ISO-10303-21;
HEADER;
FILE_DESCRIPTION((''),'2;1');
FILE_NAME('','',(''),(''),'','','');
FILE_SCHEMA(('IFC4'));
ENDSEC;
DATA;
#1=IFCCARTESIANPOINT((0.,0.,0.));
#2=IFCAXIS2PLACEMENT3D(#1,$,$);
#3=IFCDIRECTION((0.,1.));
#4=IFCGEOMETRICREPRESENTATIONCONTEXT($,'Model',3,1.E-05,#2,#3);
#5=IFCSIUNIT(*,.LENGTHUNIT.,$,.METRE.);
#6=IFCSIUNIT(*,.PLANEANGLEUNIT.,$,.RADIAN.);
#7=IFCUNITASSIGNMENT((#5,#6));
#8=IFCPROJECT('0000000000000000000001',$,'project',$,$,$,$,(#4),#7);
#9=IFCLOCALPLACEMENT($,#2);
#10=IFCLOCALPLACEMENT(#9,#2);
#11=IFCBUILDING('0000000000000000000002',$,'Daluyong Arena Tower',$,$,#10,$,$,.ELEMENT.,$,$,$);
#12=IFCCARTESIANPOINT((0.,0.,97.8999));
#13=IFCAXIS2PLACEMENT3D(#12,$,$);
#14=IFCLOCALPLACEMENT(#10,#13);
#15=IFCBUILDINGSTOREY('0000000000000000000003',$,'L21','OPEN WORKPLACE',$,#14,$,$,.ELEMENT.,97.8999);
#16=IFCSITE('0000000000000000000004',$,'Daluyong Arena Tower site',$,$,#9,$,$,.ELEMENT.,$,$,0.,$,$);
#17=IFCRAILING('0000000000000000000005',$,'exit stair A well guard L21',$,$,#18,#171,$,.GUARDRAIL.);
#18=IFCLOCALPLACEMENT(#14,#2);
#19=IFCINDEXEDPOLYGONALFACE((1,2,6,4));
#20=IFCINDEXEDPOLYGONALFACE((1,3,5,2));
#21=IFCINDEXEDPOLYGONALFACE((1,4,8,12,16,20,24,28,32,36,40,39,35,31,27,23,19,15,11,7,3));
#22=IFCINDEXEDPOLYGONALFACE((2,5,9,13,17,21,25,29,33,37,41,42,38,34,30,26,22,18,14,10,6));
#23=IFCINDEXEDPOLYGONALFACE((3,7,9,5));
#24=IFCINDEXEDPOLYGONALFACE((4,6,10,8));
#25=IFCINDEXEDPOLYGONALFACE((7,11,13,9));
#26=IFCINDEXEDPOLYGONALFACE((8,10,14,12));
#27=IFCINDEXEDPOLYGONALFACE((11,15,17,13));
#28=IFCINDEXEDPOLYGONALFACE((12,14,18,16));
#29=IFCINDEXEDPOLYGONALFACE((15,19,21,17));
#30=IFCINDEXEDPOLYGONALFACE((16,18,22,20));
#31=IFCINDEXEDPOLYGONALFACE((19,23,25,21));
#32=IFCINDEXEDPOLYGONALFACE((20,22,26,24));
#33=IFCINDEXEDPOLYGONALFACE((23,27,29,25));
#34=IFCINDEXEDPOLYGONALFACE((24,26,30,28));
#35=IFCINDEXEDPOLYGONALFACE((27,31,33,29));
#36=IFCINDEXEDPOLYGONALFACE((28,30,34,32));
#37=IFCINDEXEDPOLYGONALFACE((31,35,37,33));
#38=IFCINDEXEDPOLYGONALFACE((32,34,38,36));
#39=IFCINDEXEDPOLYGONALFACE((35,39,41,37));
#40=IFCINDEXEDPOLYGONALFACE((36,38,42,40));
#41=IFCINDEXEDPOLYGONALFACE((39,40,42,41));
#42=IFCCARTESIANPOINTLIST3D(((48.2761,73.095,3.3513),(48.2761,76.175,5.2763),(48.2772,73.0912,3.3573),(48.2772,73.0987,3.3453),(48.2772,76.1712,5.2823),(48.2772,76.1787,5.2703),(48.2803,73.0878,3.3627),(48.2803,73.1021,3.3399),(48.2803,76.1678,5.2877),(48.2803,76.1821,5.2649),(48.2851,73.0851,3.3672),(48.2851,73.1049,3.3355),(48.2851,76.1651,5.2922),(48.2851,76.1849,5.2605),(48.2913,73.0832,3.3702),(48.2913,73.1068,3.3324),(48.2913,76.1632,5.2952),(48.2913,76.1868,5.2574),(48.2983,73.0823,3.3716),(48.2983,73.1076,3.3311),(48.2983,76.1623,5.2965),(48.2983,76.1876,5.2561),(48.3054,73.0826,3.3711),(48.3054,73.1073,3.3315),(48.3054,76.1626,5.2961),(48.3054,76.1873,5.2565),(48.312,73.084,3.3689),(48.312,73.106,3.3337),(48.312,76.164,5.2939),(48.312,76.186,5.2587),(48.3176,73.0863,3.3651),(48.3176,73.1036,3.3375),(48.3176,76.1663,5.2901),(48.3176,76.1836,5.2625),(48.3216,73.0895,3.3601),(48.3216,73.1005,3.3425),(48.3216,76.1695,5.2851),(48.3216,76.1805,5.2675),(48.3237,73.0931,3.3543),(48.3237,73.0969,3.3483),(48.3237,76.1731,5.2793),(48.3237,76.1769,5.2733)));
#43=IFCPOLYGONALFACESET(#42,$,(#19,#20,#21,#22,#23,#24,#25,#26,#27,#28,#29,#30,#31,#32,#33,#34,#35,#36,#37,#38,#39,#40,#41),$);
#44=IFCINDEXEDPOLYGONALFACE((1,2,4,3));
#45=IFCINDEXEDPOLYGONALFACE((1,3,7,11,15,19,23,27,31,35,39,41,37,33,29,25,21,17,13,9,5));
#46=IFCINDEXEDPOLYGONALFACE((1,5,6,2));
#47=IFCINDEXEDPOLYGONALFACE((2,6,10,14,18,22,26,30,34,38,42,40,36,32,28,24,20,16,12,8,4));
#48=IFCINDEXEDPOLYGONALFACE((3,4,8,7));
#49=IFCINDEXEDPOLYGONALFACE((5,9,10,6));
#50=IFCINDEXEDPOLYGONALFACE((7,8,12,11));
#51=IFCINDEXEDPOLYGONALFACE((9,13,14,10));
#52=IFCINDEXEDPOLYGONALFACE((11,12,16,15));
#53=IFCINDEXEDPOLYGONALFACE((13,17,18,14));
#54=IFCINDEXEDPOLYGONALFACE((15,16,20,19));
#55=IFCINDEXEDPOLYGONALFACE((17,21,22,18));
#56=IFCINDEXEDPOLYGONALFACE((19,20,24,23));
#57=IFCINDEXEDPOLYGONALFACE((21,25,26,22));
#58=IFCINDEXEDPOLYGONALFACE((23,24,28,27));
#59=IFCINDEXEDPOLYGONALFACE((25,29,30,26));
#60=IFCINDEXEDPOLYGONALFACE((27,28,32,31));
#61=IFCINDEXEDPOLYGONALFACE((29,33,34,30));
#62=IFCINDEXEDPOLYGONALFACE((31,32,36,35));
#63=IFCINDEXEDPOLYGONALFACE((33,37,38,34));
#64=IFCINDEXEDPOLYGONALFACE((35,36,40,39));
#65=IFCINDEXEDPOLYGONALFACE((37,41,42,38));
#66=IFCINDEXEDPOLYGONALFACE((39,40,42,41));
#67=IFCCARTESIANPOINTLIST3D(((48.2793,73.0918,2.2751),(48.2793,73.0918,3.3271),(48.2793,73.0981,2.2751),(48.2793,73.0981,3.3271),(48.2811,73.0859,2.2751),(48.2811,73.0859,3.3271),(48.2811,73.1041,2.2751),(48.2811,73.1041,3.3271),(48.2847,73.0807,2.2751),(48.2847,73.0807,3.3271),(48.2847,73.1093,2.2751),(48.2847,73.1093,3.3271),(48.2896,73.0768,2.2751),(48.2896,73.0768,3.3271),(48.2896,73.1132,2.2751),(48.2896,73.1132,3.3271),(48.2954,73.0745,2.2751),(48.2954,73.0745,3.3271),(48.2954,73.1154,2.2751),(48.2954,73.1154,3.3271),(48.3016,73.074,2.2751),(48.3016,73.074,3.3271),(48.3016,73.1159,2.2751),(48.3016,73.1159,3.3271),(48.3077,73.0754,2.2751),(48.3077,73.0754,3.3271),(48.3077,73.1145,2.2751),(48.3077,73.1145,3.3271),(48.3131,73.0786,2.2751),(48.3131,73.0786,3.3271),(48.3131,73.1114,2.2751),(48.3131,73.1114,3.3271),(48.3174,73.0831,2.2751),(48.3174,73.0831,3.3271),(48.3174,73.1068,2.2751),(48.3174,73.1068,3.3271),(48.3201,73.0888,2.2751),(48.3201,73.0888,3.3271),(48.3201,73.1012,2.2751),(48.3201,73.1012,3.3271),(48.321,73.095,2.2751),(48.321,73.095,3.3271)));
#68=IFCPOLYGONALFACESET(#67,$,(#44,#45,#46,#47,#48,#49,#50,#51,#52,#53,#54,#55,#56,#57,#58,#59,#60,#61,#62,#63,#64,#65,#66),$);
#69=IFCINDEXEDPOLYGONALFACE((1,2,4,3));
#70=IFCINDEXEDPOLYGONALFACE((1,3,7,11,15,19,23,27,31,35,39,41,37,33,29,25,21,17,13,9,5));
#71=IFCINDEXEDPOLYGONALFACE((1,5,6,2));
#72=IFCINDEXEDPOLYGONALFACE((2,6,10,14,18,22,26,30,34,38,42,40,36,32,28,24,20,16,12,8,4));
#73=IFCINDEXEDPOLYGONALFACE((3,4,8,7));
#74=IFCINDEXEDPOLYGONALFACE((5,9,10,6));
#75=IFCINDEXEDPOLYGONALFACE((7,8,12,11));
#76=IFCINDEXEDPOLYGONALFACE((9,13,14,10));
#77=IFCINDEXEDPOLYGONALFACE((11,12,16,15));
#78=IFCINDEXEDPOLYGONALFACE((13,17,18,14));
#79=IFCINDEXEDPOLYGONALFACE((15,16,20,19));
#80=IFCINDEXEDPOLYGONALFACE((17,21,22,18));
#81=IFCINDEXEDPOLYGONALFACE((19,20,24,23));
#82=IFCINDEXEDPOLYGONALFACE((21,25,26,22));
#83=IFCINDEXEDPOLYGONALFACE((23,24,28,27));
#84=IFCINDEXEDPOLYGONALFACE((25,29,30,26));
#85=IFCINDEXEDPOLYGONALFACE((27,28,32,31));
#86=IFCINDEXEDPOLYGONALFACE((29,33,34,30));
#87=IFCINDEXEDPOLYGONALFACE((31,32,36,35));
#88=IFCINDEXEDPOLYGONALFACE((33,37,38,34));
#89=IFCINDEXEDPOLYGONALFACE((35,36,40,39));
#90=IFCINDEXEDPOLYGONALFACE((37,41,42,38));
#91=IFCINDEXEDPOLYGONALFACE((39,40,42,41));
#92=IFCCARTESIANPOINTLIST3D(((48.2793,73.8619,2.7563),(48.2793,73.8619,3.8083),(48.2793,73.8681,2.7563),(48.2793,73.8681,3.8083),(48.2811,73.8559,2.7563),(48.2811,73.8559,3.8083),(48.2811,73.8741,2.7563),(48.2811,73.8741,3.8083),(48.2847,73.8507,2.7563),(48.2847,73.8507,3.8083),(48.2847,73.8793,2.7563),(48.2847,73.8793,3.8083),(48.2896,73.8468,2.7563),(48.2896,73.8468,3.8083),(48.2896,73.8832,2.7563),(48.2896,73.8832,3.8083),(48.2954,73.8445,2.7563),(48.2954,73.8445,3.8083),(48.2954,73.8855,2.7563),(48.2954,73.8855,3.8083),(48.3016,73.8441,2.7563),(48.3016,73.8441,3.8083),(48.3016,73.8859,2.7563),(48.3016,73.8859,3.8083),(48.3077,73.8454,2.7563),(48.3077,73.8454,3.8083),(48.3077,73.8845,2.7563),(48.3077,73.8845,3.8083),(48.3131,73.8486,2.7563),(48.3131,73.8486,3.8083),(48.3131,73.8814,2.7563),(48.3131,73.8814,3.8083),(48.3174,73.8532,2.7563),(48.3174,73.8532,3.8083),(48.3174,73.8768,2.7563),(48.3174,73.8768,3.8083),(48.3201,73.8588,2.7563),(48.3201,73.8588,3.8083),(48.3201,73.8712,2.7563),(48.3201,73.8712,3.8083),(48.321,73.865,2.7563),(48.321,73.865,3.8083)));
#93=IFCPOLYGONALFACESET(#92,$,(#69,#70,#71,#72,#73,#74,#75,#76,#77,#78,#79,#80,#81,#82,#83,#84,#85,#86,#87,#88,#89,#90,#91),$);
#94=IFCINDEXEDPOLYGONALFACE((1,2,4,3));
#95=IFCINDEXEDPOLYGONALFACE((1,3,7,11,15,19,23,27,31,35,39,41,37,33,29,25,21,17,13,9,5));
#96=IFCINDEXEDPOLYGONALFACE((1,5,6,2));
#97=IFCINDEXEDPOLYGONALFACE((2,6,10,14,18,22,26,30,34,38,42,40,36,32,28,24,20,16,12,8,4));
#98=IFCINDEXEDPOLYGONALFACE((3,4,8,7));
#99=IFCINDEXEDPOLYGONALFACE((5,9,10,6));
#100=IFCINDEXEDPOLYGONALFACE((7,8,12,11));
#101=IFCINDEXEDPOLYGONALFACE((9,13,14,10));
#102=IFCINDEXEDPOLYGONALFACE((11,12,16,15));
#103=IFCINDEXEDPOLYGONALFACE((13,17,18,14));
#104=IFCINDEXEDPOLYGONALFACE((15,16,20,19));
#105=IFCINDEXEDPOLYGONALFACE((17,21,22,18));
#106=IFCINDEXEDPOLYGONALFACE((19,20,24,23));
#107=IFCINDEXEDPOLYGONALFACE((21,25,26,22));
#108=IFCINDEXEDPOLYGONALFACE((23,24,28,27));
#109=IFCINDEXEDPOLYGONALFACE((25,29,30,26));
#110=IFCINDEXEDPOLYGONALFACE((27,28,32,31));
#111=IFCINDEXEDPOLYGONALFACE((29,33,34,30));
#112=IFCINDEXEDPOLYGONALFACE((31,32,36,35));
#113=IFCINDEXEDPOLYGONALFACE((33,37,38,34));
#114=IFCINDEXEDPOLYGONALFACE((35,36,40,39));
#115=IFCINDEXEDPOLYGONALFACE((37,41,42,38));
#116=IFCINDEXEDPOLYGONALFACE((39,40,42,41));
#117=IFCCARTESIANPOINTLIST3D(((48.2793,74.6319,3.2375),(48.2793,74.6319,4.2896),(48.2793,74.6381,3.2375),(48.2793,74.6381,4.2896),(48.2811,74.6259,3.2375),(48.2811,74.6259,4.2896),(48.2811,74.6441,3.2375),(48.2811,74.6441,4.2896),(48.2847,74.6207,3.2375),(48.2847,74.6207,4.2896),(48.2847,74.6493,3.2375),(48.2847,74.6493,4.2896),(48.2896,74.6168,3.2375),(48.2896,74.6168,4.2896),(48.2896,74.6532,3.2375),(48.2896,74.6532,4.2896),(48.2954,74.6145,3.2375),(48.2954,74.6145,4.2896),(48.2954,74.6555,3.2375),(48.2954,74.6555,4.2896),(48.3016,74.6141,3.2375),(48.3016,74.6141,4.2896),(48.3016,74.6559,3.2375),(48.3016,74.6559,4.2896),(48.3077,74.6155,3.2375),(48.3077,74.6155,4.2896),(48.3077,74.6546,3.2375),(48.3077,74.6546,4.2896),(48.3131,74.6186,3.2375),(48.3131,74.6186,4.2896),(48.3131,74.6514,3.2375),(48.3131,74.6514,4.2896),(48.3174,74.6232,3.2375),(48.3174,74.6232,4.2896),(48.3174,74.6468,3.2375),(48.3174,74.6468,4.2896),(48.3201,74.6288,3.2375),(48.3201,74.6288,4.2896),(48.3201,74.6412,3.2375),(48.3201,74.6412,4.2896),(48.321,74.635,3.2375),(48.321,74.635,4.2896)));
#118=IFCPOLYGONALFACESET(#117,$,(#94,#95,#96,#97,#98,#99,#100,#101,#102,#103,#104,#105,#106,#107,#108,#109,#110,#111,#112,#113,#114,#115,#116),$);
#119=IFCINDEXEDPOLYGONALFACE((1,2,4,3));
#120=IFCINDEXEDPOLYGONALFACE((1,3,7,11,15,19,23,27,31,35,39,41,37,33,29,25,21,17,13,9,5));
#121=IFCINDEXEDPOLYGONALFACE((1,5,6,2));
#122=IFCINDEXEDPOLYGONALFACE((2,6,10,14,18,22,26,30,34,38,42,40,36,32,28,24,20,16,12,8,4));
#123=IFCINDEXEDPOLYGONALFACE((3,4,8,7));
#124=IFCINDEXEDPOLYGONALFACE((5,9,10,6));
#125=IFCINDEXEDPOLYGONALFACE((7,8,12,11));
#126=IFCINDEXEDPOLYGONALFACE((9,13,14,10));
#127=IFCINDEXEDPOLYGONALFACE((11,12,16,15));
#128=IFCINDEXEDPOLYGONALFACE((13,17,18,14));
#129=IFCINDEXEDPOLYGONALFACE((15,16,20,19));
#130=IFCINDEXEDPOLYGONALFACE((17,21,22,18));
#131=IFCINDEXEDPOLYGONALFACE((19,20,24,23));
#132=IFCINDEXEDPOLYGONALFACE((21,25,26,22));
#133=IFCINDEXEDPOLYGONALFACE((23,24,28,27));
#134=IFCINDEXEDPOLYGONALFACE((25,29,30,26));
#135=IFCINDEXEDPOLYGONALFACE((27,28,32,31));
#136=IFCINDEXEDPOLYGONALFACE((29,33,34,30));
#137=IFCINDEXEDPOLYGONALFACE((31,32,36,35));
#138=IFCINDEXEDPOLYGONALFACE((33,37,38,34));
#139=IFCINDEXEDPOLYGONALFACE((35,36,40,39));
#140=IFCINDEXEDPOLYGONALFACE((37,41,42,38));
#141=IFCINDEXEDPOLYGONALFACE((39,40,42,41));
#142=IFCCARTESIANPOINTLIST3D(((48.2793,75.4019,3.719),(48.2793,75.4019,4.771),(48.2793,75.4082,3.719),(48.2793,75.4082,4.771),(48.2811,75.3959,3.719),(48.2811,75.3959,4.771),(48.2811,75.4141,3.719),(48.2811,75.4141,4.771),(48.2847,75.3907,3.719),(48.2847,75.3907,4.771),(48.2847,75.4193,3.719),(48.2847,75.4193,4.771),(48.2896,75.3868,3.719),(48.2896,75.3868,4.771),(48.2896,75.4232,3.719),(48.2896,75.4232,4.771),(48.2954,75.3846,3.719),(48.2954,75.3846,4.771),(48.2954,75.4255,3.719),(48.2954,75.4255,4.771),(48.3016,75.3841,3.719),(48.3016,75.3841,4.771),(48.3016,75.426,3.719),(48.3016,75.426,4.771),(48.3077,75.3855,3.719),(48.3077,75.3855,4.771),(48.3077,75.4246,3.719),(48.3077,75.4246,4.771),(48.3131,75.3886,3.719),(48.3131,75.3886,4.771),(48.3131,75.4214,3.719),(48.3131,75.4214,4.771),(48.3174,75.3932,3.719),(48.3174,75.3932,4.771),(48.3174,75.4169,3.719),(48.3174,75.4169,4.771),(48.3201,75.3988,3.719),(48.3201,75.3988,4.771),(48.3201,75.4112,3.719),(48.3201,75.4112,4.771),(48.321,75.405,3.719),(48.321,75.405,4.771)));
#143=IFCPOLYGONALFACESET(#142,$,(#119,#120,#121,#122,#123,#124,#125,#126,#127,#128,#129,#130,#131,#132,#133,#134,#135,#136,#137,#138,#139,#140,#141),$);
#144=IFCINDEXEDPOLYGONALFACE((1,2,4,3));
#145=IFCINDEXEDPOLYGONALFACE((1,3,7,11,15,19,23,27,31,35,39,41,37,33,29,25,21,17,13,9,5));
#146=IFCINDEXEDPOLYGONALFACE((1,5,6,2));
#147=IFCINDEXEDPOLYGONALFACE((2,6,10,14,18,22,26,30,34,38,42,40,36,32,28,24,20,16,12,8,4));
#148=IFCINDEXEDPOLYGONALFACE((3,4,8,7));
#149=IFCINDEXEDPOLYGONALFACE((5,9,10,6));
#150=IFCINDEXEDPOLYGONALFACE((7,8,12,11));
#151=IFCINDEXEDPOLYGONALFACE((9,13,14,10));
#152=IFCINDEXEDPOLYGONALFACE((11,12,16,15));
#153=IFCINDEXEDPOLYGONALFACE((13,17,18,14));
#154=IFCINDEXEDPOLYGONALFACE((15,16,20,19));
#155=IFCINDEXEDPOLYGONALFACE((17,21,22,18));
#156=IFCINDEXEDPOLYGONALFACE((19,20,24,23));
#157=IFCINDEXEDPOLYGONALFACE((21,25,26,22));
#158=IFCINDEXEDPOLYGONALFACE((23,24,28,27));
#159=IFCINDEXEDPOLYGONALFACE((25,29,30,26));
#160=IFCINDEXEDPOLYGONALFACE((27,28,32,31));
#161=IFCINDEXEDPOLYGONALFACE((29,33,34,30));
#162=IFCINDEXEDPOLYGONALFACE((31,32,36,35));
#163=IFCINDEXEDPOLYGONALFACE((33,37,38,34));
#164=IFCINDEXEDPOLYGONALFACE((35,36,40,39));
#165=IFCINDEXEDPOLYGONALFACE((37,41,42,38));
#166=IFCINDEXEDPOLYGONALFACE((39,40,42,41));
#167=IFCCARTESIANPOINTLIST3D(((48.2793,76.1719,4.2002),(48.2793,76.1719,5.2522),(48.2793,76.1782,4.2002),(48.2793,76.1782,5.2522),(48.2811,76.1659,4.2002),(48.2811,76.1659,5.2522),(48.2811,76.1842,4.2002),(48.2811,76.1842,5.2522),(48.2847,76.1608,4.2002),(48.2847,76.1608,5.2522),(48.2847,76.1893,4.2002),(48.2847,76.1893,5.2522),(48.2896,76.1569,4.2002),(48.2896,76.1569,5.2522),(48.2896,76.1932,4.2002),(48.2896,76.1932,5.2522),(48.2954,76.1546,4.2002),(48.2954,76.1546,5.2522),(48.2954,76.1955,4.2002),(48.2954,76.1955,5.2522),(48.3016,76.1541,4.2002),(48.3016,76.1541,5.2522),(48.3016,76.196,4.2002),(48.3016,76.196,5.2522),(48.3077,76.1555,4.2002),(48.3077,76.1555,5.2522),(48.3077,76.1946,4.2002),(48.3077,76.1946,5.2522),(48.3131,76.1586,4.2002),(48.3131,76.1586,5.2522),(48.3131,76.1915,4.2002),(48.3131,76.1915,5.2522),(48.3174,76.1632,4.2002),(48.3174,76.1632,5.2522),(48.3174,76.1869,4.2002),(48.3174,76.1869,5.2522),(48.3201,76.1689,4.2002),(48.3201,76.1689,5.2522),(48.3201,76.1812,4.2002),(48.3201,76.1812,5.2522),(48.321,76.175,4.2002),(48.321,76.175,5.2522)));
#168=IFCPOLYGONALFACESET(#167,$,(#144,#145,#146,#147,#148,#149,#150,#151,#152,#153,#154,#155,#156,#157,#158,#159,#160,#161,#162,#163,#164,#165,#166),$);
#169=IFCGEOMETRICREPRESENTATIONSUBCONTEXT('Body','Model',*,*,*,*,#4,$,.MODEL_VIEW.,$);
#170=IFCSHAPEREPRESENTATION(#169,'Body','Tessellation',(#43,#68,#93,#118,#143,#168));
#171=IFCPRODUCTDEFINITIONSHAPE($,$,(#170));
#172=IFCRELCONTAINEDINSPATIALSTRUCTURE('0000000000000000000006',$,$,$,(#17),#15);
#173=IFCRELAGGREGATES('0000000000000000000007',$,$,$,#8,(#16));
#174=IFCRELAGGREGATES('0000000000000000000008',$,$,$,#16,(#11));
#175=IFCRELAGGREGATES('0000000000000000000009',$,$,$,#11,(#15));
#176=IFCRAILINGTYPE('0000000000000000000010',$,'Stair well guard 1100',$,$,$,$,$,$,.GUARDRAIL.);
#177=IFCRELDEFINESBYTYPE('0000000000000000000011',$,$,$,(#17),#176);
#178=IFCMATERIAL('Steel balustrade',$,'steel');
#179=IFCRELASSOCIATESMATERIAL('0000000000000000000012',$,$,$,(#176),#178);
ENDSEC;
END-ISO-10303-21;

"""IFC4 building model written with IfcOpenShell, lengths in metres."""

from ifc_helpers import new_model, si_unit, direction, frame, origin, origin_2d, place, context, subcontext, project, spatial, circle, extrude, material, type_object, element, save


model = new_model("IFC4")

# Units and contexts
model_context = context("Model", 3, precision=1e-05, world=origin(), true_north=direction((0.0, 1.0)))
body_context = subcontext(model_context, "Body", "Model", "MODEL_VIEW")
ifc_project = project(units=[si_unit("LENGTHUNIT", "METRE"), si_unit("PLANEANGLEUNIT", "RADIAN")], contexts=[model_context])

# Site, building, storey
site_placement = place(None, origin())
site = spatial("IfcSite", under=ifc_project, at=site_placement, Name="Daluyong Arena Tower site", CompositionType="ELEMENT", RefElevation=0.0)
building_placement = place(site_placement, origin())
building = spatial("IfcBuilding", under=site, at=building_placement, Name="Daluyong Arena Tower", CompositionType="ELEMENT")
storey_placement = place(building_placement, frame((0.0, 0.0, 97.8999)))
storey = spatial("IfcBuildingStorey", under=building, at=storey_placement, Name="L21", Description="OPEN WORKPLACE", CompositionType="ELEMENT", Elevation=97.8999)

# Railing
ifc_material_1 = material(Name="Steel balustrade", Category="steel")
railing_type_1 = type_object("IfcRailingType", Name="Stair well guard 1100", PredefinedType="GUARDRAIL", material=ifc_material_1)
railing_1_placement = place(storey_placement, frame((48.3, 73.095, 2.2751)))
element("IfcRailing", 1, at=railing_1_placement, inside=storey, type_object=railing_type_1, Name="exit stair A well guard L21", PredefinedType="GUARDRAIL", context=body_context, shape_type="SweptSolid", body=[
    extrude(circle(Radius=0.0239, at=origin_2d()), frame((0.0, 0.0, 1.0762), z_axis=(0.0, 0.847998, 0.529999), x_axis=(-1.0, 0.0, 0.0)), (0.0, 0.0, 1.0), 3.6321),
    extrude(circle(Radius=0.021, at=origin_2d()), origin(), (0.0, 0.0, 1.0), 1.052),
    extrude(circle(Radius=0.021, at=origin_2d()), frame((0.0, 0.77, 0.4812)), (0.0, 0.0, 1.0), 1.052),
    extrude(circle(Radius=0.021, at=origin_2d()), frame((0.0, 1.54, 0.9624)), (0.0, 0.0, 1.0), 1.052),
    extrude(circle(Radius=0.021, at=origin_2d()), frame((0.0, 2.3101, 1.4438)), (0.0, 0.0, 1.0), 1.052),
    extrude(circle(Radius=0.021, at=origin_2d()), frame((0.0, 3.0801, 1.925)), (0.0, 0.0, 1.0), 1.052),
])

save(model, "model.ifc")
